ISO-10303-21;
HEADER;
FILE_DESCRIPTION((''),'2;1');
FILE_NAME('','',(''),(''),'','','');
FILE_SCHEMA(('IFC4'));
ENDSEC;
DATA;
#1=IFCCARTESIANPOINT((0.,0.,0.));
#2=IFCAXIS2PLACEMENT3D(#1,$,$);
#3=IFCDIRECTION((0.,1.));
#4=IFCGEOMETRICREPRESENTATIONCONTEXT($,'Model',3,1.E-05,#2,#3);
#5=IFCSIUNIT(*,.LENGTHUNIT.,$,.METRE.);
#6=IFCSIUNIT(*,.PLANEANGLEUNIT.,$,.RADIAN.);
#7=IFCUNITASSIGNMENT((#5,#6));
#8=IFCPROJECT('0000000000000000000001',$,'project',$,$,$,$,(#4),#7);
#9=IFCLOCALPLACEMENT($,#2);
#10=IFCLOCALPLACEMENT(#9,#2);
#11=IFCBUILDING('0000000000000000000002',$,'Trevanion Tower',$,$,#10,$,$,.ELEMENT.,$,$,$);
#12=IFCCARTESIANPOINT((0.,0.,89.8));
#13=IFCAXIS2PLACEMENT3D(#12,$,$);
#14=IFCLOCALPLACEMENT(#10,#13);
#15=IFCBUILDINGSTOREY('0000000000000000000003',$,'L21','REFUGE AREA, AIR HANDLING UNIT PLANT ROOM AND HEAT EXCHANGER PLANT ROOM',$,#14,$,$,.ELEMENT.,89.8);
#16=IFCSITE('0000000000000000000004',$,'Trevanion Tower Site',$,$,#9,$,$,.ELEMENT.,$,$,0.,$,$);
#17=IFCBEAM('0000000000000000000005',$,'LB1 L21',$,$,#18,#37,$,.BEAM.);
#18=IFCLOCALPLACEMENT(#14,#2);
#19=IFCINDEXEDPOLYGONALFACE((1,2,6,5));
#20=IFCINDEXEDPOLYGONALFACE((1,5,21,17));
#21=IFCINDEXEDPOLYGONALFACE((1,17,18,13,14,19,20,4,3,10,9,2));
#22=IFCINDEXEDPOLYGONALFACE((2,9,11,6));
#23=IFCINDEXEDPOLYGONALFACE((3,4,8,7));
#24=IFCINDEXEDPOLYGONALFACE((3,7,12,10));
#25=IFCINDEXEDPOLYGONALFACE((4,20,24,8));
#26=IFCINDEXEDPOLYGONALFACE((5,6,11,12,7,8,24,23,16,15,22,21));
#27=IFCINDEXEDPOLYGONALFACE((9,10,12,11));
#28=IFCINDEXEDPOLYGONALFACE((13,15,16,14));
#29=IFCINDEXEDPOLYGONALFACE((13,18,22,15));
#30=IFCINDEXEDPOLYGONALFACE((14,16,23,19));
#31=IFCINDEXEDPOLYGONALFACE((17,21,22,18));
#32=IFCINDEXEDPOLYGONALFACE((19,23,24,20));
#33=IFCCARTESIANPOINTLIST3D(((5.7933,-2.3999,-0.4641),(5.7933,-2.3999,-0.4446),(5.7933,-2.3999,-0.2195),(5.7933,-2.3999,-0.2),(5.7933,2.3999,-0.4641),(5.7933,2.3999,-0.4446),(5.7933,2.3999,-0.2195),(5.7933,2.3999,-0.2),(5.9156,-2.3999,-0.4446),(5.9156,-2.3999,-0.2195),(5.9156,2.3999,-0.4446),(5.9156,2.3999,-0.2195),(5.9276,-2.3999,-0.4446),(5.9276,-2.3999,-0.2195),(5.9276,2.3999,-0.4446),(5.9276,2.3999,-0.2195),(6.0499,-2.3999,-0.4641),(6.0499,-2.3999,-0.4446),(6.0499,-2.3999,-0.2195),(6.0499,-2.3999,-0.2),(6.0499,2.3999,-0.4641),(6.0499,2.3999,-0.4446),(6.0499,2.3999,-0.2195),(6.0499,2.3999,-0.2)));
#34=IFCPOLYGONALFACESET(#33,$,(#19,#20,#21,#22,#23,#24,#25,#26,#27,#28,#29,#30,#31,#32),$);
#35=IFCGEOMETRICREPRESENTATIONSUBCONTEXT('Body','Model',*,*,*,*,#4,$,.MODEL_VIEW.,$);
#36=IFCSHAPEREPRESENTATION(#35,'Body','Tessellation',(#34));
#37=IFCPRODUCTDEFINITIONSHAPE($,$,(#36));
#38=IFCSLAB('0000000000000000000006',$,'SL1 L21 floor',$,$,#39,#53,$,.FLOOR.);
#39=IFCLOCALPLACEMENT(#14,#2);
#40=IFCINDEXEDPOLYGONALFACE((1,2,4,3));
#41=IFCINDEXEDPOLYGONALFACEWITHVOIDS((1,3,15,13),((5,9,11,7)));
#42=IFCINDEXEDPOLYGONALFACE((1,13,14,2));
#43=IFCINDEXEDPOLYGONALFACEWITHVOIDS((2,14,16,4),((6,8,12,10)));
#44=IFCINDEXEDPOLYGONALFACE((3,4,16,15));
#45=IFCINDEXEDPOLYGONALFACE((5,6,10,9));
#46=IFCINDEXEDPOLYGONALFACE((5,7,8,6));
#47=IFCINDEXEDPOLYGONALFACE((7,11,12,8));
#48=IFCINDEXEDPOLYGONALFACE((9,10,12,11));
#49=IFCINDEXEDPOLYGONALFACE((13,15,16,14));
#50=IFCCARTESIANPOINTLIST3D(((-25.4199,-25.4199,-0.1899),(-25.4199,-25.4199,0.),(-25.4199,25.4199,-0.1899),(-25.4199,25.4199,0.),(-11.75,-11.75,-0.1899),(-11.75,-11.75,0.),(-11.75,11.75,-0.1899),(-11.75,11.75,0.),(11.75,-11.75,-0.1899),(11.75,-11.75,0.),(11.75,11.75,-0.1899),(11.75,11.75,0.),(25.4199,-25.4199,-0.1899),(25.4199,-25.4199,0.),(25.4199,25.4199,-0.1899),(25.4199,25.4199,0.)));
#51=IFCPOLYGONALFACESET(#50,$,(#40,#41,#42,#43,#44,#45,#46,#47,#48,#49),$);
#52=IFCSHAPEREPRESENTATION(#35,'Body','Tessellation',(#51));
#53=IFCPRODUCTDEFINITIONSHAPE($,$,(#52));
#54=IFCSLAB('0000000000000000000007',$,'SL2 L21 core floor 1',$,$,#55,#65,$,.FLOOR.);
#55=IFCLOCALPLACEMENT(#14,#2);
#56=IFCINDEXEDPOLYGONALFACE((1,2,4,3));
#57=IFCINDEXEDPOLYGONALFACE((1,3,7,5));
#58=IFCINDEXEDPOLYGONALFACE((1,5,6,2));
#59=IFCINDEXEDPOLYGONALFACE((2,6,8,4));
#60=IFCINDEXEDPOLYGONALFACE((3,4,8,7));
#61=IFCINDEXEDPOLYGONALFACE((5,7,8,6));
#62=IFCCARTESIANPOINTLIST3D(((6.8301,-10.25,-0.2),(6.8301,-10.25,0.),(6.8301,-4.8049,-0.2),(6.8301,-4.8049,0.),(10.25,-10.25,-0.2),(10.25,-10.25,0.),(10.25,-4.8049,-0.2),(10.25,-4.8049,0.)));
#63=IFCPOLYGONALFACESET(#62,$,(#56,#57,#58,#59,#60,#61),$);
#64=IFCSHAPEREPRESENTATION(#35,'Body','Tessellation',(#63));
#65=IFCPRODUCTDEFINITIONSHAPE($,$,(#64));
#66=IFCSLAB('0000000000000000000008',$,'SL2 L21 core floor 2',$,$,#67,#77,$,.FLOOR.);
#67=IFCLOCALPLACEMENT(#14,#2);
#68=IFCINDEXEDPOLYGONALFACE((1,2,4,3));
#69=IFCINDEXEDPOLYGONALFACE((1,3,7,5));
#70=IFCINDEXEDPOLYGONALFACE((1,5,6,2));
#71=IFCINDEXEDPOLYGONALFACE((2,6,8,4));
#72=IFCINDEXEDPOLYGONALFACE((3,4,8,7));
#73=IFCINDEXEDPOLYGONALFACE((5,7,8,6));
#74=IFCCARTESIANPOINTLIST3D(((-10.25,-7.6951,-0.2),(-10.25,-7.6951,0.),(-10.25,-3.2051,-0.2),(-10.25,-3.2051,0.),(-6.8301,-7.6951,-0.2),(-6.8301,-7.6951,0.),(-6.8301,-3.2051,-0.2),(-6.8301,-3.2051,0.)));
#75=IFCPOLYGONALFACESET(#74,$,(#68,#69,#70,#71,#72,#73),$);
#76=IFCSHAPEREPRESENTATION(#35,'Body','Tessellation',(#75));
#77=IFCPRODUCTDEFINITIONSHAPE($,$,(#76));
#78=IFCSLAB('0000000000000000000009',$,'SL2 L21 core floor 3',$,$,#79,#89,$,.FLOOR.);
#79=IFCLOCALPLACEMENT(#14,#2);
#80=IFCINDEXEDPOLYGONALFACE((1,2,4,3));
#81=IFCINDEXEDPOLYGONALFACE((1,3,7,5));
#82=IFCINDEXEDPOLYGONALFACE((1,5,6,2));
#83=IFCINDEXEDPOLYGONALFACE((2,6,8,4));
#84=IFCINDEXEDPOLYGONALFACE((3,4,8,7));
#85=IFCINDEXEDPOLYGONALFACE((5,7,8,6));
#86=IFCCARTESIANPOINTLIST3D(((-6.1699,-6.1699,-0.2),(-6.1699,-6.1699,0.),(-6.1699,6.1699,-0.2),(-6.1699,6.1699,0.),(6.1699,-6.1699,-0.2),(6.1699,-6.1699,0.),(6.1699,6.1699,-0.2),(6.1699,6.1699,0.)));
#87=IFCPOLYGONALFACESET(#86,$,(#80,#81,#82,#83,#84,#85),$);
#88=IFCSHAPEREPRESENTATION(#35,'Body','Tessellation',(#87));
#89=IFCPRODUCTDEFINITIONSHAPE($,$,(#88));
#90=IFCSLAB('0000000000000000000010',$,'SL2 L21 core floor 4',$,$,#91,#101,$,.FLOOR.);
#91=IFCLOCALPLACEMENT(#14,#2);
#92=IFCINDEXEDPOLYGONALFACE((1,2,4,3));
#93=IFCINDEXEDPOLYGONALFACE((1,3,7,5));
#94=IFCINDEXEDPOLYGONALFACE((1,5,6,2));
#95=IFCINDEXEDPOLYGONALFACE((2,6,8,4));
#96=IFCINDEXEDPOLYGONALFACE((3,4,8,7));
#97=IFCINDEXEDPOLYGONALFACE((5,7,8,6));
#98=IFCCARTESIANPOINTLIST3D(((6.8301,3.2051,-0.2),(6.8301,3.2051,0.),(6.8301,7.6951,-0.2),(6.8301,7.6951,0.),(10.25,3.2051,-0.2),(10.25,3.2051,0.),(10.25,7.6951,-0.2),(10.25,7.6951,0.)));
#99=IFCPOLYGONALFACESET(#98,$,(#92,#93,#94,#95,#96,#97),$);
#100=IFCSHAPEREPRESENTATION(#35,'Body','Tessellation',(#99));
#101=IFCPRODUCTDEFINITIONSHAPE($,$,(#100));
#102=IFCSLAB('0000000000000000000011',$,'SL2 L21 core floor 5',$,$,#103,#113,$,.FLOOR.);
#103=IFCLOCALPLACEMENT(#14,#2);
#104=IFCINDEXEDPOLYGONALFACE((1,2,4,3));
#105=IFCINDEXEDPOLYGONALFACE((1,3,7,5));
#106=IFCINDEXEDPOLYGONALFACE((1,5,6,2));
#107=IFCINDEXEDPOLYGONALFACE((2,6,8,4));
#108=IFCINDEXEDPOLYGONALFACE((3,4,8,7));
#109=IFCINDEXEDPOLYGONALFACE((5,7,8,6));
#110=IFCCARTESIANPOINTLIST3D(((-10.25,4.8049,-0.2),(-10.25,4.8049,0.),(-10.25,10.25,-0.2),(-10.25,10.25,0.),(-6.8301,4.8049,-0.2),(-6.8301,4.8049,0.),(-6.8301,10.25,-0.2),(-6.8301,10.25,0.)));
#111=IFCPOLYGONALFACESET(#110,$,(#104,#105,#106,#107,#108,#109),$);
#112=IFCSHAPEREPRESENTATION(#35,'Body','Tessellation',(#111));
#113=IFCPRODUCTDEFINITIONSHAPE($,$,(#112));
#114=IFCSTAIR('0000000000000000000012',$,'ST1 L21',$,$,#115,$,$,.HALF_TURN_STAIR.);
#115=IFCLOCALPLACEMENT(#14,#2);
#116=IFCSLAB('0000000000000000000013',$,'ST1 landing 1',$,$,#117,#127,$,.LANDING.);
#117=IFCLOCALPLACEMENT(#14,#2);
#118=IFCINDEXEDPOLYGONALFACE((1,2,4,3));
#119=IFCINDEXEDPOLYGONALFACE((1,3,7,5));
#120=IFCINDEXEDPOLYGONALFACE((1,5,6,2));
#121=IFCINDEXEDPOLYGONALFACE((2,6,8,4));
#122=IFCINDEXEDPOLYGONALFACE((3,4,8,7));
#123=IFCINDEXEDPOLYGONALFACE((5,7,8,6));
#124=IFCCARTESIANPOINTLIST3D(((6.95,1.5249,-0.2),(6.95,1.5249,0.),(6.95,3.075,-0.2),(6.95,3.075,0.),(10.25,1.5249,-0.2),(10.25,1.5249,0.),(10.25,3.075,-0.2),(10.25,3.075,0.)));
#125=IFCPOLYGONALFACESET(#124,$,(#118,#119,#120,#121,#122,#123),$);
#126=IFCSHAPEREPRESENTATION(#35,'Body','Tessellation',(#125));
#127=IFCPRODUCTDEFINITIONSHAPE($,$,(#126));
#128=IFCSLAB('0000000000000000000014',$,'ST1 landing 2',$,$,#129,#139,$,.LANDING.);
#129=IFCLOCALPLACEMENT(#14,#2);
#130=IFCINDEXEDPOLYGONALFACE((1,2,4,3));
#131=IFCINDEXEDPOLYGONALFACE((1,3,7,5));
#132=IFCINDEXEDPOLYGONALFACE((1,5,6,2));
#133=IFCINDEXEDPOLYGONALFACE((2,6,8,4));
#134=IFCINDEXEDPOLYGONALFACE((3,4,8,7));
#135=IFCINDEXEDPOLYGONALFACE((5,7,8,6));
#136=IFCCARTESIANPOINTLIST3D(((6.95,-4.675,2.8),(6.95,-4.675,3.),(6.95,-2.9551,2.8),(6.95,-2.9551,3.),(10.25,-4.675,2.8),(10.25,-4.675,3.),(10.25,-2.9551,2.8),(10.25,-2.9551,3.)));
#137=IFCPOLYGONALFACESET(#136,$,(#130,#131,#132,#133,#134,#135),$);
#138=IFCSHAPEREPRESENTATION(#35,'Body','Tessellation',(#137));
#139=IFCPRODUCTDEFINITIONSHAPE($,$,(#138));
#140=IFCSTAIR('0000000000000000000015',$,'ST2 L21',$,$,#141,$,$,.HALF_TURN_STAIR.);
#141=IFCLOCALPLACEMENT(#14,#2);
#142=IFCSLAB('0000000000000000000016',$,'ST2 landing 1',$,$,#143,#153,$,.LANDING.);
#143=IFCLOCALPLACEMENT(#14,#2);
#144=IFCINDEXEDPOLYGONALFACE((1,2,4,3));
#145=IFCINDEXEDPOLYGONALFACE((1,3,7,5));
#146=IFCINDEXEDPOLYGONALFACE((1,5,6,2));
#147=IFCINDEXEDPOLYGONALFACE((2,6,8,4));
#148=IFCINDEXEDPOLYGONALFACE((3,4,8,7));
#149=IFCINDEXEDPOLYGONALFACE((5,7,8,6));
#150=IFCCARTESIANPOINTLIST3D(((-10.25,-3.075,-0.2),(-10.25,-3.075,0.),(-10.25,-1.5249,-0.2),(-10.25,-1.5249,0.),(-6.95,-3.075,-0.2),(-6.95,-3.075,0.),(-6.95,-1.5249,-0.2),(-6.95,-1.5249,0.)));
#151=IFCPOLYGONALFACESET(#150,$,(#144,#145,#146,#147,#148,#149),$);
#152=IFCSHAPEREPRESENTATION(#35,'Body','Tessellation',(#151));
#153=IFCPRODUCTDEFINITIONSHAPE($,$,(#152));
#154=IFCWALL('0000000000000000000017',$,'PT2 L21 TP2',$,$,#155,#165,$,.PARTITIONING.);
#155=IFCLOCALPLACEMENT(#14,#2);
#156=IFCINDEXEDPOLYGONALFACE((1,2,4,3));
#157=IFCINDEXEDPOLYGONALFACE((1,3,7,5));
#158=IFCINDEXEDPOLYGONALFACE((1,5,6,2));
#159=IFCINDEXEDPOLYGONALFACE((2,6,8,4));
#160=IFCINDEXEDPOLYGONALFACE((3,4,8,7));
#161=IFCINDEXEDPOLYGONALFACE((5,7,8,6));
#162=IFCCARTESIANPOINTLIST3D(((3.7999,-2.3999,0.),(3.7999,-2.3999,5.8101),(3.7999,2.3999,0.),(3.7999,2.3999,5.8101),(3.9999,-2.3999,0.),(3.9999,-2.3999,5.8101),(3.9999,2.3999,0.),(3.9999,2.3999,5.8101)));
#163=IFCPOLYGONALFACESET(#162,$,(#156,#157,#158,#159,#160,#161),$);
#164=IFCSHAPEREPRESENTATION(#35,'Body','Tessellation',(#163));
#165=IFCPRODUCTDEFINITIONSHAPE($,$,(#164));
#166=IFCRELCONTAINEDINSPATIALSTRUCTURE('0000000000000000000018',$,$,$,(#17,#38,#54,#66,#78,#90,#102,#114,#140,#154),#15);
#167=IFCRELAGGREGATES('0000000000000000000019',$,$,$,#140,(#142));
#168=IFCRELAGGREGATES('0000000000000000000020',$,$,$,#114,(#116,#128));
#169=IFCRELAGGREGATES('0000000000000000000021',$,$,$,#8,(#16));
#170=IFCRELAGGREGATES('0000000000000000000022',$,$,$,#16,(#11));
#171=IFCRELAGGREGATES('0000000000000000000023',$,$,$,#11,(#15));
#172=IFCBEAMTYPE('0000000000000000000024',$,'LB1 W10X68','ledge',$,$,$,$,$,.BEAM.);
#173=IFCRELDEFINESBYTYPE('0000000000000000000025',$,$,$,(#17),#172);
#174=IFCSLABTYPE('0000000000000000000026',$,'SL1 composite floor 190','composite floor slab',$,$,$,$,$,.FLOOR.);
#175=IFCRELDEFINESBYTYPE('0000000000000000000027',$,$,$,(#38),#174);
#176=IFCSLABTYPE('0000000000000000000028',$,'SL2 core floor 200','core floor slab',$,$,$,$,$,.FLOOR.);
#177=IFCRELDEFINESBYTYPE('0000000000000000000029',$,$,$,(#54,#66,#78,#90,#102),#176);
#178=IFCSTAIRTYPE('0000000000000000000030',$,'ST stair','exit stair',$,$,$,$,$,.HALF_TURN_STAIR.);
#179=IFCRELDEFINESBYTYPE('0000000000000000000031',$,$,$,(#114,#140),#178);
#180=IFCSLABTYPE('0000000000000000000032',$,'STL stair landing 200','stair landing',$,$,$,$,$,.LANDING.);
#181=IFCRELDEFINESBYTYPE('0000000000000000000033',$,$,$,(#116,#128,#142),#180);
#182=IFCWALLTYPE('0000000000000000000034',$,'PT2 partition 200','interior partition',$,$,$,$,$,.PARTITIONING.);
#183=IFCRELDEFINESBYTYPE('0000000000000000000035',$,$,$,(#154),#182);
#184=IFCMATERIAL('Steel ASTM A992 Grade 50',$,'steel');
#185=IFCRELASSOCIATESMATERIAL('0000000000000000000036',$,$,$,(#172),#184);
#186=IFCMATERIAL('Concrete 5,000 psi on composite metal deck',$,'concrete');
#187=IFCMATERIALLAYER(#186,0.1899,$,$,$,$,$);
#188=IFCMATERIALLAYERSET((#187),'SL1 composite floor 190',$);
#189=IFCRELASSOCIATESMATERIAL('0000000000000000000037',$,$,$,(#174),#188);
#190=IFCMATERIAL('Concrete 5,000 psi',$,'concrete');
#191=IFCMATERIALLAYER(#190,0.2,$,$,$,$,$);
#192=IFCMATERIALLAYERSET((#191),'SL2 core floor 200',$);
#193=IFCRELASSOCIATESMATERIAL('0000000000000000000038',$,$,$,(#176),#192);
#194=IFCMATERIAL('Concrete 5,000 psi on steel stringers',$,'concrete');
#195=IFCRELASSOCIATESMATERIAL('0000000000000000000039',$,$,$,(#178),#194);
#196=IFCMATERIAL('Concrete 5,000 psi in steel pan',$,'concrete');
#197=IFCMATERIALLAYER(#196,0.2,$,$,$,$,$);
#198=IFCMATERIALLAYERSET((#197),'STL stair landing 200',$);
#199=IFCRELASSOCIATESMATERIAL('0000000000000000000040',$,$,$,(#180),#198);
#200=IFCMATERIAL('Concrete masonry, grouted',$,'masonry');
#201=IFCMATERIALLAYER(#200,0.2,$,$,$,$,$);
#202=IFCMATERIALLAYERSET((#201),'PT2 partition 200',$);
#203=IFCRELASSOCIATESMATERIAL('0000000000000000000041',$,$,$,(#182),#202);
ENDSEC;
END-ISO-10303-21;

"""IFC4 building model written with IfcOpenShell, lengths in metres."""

from ifc_helpers import new_model, si_unit, direction, frame, frame_2d, origin, origin_2d, place, context, subcontext, project, spatial, polyline, rectangle, i_section, outline, extrude, material, layer, layer_set, material_profile, profile_set, type_object, element, aggregate, save


model = new_model("IFC4")

# Units and contexts
model_context = context("Model", 3, precision=1e-05, world=origin(), true_north=direction((0.0, 1.0)))
body_context = subcontext(model_context, "Body", "Model", "MODEL_VIEW")
ifc_project = project(units=[si_unit("LENGTHUNIT", "METRE"), si_unit("PLANEANGLEUNIT", "RADIAN")], contexts=[model_context])

# Site, building, storey
site_placement = place(None, origin())
site = spatial("IfcSite", under=ifc_project, at=site_placement, Name="Trevanion Tower Site", CompositionType="ELEMENT", RefElevation=0.0)
building_placement = place(site_placement, origin())
building = spatial("IfcBuilding", under=site, at=building_placement, Name="Trevanion Tower", CompositionType="ELEMENT")
storey_placement = place(building_placement, frame((0.0, 0.0, 89.8)))
storey = spatial("IfcBuildingStorey", under=building, at=storey_placement, Name="L21", Description="REFUGE AREA, AIR HANDLING UNIT PLANT ROOM AND HEAT EXCHANGER PLANT ROOM", CompositionType="ELEMENT", Elevation=89.8)

# Beam
ifc_material_1 = material(Name="Steel ASTM A992 Grade 50", Category="steel")
ifc_material_profile = material_profile(ifc_material_1, i_section(OverallWidth=0.2566, OverallDepth=0.2642, WebThickness=0.012, FlangeThickness=0.0195, at=origin_2d()), Name="W10X68")
ifc_profile_set = profile_set([ifc_material_profile], Name="Steel ASTM A992 Grade 50")
beam_type = type_object("IfcBeamType", Name="LB1 W10X68", Description="ledge", PredefinedType="BEAM", material=ifc_profile_set)
beam_placement = place(storey_placement, frame((5.9216, -2.3999, -0.332), z_axis=(0.0, 1.0, 0.0), x_axis=(-1.0, 0.0, 0.0)))
element("IfcBeam", 1, at=beam_placement, inside=storey, type_object=beam_type, Name="LB1 L21", PredefinedType="BEAM", context=body_context, shape_type="SweptSolid", body=[
    extrude(i_section(OverallWidth=0.2566, OverallDepth=0.2642, WebThickness=0.012, FlangeThickness=0.0195, at=origin_2d()), origin(), (0.0, 0.0, 1.0), 4.7998),
])

# Slabs
ifc_material_2 = material(Name="Concrete 5,000 psi on composite metal deck", Category="concrete")
ifc_layer_1 = layer(ifc_material_2, 0.1899)
ifc_layer_set_1 = layer_set([ifc_layer_1], Name="SL1 composite floor 190")
slab_type_1 = type_object("IfcSlabType", Name="SL1 composite floor 190", Description="composite floor slab", PredefinedType="FLOOR", material=ifc_layer_set_1)
slab_1_placement = place(storey_placement, frame((0.0, 0.0, -0.1899)))
element("IfcSlab", 2, at=slab_1_placement, inside=storey, type_object=slab_type_1, Name="SL1 L21 floor", PredefinedType="FLOOR", context=body_context, shape_type="SweptSolid", body=[
    extrude(outline(polyline([(25.4199, -25.4199), (25.4199, 25.4199), (-25.4199, 25.4199), (-25.4199, -25.4199), (25.4199, -25.4199)]), holes=[polyline([(11.75, -11.75), (11.75, 11.75), (-11.75, 11.75), (-11.75, -11.75), (11.75, -11.75)])]), origin(), (0.0, 0.0, 1.0), 0.1899),
])
ifc_material_3 = material(Name="Concrete 5,000 psi", Category="concrete")
ifc_layer_2 = layer(ifc_material_3, 0.2)
ifc_layer_set_2 = layer_set([ifc_layer_2], Name="SL2 core floor 200")
slab_type_2 = type_object("IfcSlabType", Name="SL2 core floor 200", Description="core floor slab", PredefinedType="FLOOR", material=ifc_layer_set_2)
slab_2_placement = place(storey_placement, frame((0.0, 0.0, -0.2)))
element("IfcSlab", 3, at=slab_2_placement, inside=storey, type_object=slab_type_2, Name="SL2 L21 core floor 1", PredefinedType="FLOOR", context=body_context, shape_type="SweptSolid", body=[
    extrude(outline(polyline([(10.25, -4.8049), (10.25, -10.25), (6.8301, -10.25), (6.8301, -4.8049), (10.25, -4.8049)])), origin(), (0.0, 0.0, 1.0), 0.2),
])
slab_3_placement = place(storey_placement, frame((0.0, 0.0, -0.2)))
element("IfcSlab", 4, at=slab_3_placement, inside=storey, type_object=slab_type_2, Name="SL2 L21 core floor 2", PredefinedType="FLOOR", context=body_context, shape_type="SweptSolid", body=[
    extrude(outline(polyline([(-6.8301, -3.2051), (-6.8301, -7.6951), (-10.25, -7.6951), (-10.25, -3.2051), (-6.8301, -3.2051)])), origin(), (0.0, 0.0, 1.0), 0.2),
])
slab_4_placement = place(storey_placement, frame((0.0, 0.0, -0.2)))
element("IfcSlab", 5, at=slab_4_placement, inside=storey, type_object=slab_type_2, Name="SL2 L21 core floor 3", PredefinedType="FLOOR", context=body_context, shape_type="SweptSolid", body=[
    extrude(outline(polyline([(6.1699, -6.1699), (-6.1699, -6.1699), (-6.1699, 6.1699), (6.1699, 6.1699), (6.1699, -6.1699)])), origin(), (0.0, 0.0, 1.0), 0.2),
])
slab_5_placement = place(storey_placement, frame((0.0, 0.0, -0.2)))
element("IfcSlab", 6, at=slab_5_placement, inside=storey, type_object=slab_type_2, Name="SL2 L21 core floor 4", PredefinedType="FLOOR", context=body_context, shape_type="SweptSolid", body=[
    extrude(outline(polyline([(6.8301, 3.2051), (6.8301, 7.6951), (10.25, 7.6951), (10.25, 3.2051), (6.8301, 3.2051)])), origin(), (0.0, 0.0, 1.0), 0.2),
])
slab_6_placement = place(storey_placement, frame((0.0, 0.0, -0.2)))
element("IfcSlab", 7, at=slab_6_placement, inside=storey, type_object=slab_type_2, Name="SL2 L21 core floor 5", PredefinedType="FLOOR", context=body_context, shape_type="SweptSolid", body=[
    extrude(outline(polyline([(-6.8301, 4.8049), (-10.25, 4.8049), (-10.25, 10.25), (-6.8301, 10.25), (-6.8301, 4.8049)])), origin(), (0.0, 0.0, 1.0), 0.2),
])

# Stair, slabs
ifc_material_4 = material(Name="Concrete 5,000 psi on steel stringers", Category="concrete")
stair_type = type_object("IfcStairType", Name="ST stair", Description="exit stair", PredefinedType="HALF_TURN_STAIR", material=ifc_material_4)
stair_1_placement = place(storey_placement, origin())
stair_1 = element("IfcStair", 8, at=stair_1_placement, inside=storey, type_object=stair_type, Name="ST1 L21", PredefinedType="HALF_TURN_STAIR")
ifc_material_5 = material(Name="Concrete 5,000 psi in steel pan", Category="concrete")
ifc_layer_3 = layer(ifc_material_5, 0.2)
ifc_layer_set_3 = layer_set([ifc_layer_3], Name="STL stair landing 200")
slab_type_3 = type_object("IfcSlabType", Name="STL stair landing 200", Description="stair landing", PredefinedType="LANDING", material=ifc_layer_set_3)
slab_7_placement = place(storey_placement, frame((0.0, 0.0, -0.2)))
slab_7 = element("IfcSlab", 9, at=slab_7_placement, type_object=slab_type_3, Name="ST1 landing 1", PredefinedType="LANDING", context=body_context, shape_type="SweptSolid", body=[
    extrude(outline(polyline([(6.95, 1.5249), (10.25, 1.5249), (10.25, 3.075), (6.95, 3.075), (6.95, 1.5249)])), origin(), (0.0, 0.0, 1.0), 0.2),
])
slab_8_placement = place(storey_placement, frame((0.0, 0.0, 2.8)))
slab_8 = element("IfcSlab", 10, at=slab_8_placement, type_object=slab_type_3, Name="ST1 landing 2", PredefinedType="LANDING", context=body_context, shape_type="SweptSolid", body=[
    extrude(outline(polyline([(6.95, -4.675), (10.25, -4.675), (10.25, -2.9551), (6.95, -2.9551), (6.95, -4.675)])), origin(), (0.0, 0.0, 1.0), 0.2),
])

# Stair, slab
stair_2_placement = place(storey_placement, origin())
stair_2 = element("IfcStair", 11, at=stair_2_placement, inside=storey, type_object=stair_type, Name="ST2 L21", PredefinedType="HALF_TURN_STAIR")
slab_9_placement = place(storey_placement, frame((0.0, 0.0, -0.2)))
slab_9 = element("IfcSlab", 12, at=slab_9_placement, type_object=slab_type_3, Name="ST2 landing 1", PredefinedType="LANDING", context=body_context, shape_type="SweptSolid", body=[
    extrude(outline(polyline([(-6.95, -1.5249), (-10.25, -1.5249), (-10.25, -3.075), (-6.95, -3.075), (-6.95, -1.5249)])), origin(), (0.0, 0.0, 1.0), 0.2),
])
aggregate(stair_2, [slab_9])

# Wall
ifc_material_6 = material(Name="Concrete masonry, grouted", Category="masonry")
ifc_layer_4 = layer(ifc_material_6, 0.2)
ifc_layer_set_4 = layer_set([ifc_layer_4], Name="PT2 partition 200")
wall_type_1 = type_object("IfcWallType", Name="PT2 partition 200", Description="interior partition", PredefinedType="PARTITIONING", material=ifc_layer_set_4)
wall_1_placement = place(storey_placement, frame((3.8999, -2.3999, 0.0), z_axis=(0.0, 0.0, 1.0), x_axis=(0.0, 1.0, 0.0)))
element("IfcWall", 13, at=wall_1_placement, inside=storey, type_object=wall_type_1, Name="PT2 L21 TP2", PredefinedType="PARTITIONING", context=body_context, shape_type="SweptSolid", body=[
    extrude(rectangle(XDim=4.7998, YDim=0.2, at=frame_2d((2.3999, 0.0))), origin(), (0.0, 0.0, 1.0), 5.8101),
])

aggregate(stair_1, [slab_7, slab_8])

save(model, "model.ifc")
